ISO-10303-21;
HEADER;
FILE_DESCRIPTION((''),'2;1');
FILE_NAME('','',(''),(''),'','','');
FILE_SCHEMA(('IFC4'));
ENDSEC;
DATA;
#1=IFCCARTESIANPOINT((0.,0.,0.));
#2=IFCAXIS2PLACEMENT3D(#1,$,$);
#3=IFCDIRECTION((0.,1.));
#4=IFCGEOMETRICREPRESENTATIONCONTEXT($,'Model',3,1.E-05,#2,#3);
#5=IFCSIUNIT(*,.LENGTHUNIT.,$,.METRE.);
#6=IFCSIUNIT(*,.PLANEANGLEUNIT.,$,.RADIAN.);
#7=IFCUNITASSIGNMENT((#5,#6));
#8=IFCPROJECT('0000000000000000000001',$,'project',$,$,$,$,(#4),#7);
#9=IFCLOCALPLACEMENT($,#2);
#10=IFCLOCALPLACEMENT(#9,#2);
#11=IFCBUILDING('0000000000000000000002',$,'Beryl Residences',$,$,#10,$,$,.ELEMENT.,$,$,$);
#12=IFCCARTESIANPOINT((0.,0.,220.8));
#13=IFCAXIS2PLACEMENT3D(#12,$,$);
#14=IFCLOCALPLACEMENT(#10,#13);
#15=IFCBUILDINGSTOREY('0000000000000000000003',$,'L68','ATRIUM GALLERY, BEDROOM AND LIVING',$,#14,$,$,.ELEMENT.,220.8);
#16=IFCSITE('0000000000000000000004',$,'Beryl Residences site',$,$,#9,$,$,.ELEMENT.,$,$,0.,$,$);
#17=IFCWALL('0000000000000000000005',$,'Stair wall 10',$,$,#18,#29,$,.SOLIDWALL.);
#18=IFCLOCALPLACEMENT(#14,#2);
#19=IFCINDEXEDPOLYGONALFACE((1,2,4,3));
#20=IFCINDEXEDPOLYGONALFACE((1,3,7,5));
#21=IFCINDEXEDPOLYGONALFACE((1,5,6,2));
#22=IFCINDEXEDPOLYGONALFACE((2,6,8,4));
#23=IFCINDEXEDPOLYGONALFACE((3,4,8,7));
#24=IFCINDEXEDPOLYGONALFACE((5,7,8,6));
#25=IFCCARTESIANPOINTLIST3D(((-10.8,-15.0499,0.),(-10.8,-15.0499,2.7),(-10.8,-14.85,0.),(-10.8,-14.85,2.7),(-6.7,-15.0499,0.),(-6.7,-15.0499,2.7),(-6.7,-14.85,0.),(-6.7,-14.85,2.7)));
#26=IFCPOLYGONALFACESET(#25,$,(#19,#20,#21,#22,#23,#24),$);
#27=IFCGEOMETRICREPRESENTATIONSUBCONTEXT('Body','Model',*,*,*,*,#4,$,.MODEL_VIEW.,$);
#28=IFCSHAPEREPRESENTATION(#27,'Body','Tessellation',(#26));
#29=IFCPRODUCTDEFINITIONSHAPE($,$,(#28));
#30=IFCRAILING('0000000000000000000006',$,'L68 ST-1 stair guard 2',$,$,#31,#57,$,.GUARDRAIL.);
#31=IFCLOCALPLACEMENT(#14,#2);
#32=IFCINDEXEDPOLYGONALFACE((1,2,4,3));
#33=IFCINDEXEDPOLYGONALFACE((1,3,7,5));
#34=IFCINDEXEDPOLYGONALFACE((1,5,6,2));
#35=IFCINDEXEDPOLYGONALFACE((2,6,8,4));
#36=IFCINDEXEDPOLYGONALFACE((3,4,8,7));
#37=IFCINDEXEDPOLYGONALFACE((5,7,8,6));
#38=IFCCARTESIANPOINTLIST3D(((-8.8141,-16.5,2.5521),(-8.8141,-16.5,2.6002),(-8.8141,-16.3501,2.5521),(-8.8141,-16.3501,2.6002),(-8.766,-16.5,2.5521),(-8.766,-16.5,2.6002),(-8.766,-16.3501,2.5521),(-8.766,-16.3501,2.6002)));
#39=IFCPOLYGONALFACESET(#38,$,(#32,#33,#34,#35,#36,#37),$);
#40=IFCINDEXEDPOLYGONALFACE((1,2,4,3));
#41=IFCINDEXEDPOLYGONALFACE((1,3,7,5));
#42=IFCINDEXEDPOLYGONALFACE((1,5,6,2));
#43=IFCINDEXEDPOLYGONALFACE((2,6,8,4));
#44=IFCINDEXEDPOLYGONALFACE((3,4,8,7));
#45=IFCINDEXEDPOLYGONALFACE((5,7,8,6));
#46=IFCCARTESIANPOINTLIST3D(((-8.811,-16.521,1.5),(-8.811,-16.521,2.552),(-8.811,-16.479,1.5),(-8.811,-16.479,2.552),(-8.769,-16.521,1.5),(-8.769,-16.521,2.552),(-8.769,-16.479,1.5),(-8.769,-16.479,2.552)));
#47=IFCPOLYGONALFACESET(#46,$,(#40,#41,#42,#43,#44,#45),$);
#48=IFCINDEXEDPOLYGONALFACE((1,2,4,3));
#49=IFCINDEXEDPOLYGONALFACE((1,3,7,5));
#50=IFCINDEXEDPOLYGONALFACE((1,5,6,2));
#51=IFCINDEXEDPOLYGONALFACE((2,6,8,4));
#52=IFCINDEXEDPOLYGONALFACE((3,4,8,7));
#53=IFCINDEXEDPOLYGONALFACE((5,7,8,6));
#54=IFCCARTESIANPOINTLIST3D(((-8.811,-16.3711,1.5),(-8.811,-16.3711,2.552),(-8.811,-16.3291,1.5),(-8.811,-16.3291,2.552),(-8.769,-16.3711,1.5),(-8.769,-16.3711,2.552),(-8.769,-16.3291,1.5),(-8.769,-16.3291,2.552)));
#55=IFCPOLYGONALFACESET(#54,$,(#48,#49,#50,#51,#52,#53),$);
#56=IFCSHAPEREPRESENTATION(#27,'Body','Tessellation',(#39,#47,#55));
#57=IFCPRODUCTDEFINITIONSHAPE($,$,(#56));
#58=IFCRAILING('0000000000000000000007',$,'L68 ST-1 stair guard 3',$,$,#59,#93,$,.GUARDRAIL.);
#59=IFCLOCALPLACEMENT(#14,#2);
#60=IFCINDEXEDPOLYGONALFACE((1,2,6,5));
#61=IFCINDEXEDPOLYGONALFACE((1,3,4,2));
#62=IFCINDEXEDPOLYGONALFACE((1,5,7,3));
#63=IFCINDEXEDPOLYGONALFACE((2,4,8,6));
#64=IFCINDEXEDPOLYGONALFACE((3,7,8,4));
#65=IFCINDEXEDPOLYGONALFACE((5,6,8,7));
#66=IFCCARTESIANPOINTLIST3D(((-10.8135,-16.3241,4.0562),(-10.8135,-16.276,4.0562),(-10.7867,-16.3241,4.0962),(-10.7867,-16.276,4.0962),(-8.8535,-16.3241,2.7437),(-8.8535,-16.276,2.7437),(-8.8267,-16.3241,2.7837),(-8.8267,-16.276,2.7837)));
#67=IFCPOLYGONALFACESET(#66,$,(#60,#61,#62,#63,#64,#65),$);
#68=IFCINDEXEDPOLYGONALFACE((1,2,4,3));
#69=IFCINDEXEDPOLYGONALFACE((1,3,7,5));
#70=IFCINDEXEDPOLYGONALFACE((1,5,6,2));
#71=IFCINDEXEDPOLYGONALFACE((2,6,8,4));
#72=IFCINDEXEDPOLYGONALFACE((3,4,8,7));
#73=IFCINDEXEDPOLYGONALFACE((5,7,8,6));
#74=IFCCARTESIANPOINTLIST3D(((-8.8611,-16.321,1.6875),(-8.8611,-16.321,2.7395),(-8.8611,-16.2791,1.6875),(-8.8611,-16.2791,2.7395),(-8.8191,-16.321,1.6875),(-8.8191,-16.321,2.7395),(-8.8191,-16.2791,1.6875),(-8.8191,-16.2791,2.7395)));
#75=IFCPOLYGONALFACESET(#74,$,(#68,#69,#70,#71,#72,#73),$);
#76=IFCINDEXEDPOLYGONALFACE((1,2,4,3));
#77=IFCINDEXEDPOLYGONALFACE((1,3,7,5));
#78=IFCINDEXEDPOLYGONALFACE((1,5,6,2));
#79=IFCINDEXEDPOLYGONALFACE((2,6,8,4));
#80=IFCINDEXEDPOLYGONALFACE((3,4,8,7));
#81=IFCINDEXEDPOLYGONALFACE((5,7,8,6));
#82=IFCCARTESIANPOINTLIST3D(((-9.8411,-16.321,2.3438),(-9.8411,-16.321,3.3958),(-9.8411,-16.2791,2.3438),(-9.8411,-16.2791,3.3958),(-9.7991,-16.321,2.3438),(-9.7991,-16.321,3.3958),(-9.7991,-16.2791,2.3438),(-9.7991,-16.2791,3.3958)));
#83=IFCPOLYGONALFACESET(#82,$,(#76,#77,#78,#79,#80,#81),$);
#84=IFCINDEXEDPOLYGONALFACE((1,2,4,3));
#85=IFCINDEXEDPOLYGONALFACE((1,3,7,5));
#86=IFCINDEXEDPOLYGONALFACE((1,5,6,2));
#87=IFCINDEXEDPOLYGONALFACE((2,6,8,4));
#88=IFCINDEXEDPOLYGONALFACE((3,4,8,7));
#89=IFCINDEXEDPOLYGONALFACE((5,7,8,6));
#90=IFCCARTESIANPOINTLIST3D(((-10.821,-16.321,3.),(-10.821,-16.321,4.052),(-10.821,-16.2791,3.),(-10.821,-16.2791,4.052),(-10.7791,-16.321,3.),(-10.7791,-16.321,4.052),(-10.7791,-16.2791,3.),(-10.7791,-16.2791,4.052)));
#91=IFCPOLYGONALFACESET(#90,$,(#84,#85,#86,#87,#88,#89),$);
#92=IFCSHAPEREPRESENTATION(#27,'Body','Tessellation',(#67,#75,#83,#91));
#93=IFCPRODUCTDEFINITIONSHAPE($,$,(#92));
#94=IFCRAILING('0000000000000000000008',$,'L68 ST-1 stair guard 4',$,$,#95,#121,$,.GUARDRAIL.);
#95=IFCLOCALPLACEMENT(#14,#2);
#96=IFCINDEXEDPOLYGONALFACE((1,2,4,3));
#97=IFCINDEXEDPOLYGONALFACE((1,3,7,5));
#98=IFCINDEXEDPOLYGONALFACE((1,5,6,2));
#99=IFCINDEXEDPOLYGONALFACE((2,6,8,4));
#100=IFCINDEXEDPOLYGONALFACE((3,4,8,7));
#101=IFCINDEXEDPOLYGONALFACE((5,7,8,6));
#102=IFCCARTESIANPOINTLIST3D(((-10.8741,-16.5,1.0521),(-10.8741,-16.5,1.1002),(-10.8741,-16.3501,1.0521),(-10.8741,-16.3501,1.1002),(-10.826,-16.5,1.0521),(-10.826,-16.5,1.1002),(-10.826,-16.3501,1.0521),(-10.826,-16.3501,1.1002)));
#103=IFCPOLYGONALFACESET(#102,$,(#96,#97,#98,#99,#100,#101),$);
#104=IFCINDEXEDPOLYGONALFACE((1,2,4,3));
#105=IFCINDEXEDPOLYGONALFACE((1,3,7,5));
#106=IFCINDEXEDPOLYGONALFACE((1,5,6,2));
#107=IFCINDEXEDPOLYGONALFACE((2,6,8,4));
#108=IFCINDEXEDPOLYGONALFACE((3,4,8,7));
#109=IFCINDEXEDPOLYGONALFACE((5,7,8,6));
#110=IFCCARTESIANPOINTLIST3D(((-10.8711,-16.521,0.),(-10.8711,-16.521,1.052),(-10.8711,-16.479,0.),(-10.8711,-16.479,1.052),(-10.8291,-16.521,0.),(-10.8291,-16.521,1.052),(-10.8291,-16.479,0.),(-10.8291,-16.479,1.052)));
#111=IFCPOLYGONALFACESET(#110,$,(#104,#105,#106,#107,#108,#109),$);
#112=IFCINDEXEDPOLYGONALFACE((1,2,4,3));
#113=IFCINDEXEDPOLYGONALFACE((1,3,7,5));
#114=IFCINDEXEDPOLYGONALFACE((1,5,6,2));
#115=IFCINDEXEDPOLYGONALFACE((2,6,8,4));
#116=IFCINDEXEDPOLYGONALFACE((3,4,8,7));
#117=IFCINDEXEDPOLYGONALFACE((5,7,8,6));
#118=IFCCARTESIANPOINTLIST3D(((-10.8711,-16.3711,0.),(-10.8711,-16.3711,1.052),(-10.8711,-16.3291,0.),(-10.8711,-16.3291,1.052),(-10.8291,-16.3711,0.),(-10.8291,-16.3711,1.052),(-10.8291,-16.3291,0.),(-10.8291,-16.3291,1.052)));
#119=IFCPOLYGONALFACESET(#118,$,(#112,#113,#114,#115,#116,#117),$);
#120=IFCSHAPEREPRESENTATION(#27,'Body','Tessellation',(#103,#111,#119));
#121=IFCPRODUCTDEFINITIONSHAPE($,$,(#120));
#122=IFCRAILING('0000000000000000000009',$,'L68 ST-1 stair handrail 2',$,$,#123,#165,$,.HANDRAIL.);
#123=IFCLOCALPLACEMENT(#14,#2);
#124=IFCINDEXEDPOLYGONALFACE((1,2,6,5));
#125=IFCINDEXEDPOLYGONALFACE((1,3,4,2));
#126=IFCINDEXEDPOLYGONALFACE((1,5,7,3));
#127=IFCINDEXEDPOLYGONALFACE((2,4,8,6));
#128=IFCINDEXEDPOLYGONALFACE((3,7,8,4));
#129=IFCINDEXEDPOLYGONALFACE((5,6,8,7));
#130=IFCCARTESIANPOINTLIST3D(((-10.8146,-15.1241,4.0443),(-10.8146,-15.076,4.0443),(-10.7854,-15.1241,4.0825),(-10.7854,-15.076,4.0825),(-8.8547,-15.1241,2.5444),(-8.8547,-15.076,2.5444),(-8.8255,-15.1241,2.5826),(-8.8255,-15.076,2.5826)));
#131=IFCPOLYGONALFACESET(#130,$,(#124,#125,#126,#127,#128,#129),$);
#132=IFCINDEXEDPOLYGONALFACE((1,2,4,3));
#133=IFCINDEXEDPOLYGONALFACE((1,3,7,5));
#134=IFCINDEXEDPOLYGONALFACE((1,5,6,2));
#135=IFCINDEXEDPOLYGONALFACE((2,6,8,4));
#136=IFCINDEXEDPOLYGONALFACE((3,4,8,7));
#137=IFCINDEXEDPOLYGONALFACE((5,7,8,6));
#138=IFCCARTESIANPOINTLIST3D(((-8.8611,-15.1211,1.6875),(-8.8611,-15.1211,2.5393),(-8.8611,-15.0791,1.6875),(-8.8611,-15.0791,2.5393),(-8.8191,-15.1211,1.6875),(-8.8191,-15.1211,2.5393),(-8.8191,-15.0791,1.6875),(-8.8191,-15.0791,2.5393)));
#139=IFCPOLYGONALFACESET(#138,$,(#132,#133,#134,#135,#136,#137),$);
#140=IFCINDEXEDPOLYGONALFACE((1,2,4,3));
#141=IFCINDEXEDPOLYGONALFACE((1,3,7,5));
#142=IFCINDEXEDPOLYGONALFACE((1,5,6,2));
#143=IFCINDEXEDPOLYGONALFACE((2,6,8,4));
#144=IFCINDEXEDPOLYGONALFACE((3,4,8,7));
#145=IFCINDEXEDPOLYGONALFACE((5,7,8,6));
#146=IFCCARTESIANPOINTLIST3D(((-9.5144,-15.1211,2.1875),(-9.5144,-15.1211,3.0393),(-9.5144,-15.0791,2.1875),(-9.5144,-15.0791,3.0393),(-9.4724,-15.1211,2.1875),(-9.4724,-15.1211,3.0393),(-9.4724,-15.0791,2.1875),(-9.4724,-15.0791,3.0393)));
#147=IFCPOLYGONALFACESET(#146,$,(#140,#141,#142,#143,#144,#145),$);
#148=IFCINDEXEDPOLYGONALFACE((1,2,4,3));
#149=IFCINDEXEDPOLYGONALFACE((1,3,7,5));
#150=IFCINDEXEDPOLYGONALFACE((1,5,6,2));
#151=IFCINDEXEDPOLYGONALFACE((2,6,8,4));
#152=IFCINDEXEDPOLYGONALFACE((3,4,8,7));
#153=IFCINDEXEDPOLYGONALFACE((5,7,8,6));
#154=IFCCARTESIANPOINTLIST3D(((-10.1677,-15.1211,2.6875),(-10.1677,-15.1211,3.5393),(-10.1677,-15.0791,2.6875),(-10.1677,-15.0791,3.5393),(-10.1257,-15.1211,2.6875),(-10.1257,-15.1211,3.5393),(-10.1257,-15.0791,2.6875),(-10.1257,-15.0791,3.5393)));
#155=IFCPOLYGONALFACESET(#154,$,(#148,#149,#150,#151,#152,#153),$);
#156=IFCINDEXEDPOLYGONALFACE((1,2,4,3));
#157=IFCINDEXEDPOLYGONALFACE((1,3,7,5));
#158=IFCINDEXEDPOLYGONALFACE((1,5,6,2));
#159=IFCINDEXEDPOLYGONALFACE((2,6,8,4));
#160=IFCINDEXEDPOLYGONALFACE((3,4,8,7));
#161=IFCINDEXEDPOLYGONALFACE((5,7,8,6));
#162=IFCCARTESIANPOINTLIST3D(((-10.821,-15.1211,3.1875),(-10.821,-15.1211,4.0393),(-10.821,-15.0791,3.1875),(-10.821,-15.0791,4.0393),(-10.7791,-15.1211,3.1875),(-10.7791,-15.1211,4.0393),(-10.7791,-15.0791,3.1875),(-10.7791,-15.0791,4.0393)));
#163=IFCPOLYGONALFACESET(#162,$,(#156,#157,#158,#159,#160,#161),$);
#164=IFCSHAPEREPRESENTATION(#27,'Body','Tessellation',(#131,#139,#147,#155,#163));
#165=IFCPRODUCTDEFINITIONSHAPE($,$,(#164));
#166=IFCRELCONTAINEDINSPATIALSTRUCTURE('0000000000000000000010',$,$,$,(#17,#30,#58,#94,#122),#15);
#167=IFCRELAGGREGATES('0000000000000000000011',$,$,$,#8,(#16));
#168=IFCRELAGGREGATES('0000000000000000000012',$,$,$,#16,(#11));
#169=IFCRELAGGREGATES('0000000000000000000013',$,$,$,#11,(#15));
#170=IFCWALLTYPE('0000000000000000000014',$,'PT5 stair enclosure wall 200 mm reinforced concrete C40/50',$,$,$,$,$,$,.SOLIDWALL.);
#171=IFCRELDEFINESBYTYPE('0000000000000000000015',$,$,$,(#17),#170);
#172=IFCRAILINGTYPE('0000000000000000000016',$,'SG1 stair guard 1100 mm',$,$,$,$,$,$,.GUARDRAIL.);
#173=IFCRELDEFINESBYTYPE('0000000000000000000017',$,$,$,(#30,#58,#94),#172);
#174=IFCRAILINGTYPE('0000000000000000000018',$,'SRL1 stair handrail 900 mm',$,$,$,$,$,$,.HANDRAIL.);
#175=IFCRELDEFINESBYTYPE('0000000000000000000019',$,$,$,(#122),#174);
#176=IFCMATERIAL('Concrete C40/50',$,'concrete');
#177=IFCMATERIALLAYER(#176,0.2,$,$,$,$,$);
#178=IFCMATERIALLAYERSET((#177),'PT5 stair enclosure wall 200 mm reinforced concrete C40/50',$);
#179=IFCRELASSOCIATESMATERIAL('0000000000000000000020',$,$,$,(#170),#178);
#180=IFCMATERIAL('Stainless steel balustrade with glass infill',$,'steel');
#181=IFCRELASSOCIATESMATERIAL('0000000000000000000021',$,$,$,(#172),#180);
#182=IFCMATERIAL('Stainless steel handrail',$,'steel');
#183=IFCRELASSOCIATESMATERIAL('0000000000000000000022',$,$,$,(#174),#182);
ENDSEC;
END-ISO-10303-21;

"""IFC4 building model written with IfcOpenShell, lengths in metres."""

from ifc_helpers import new_model, si_unit, direction, frame, frame_2d, origin, origin_2d, place, context, subcontext, project, spatial, rectangle, extrude, material, layer, layer_set, type_object, element, save


model = new_model("IFC4")

# Units and contexts
model_context = context("Model", 3, precision=1e-05, world=origin(), true_north=direction((0.0, 1.0)))
body_context = subcontext(model_context, "Body", "Model", "MODEL_VIEW")
ifc_project = project(units=[si_unit("LENGTHUNIT", "METRE"), si_unit("PLANEANGLEUNIT", "RADIAN")], contexts=[model_context])

# Site, building, storey
site_placement = place(None, origin())
site = spatial("IfcSite", under=ifc_project, at=site_placement, Name="Beryl Residences site", CompositionType="ELEMENT", RefElevation=0.0)
building_placement = place(site_placement, origin())
building = spatial("IfcBuilding", under=site, at=building_placement, Name="Beryl Residences", CompositionType="ELEMENT")
storey_placement = place(building_placement, frame((0.0, 0.0, 220.8)))
storey = spatial("IfcBuildingStorey", under=building, at=storey_placement, Name="L68", Description="ATRIUM GALLERY, BEDROOM AND LIVING", CompositionType="ELEMENT", Elevation=220.8)

# Wall
ifc_material_1 = material(Name="Concrete C40/50", Category="concrete")
ifc_layer = layer(ifc_material_1, 0.2)
ifc_layer_set = layer_set([ifc_layer], Name="PT5 stair enclosure wall 200 mm reinforced concrete C40/50")
wall_type = type_object("IfcWallType", Name="PT5 stair enclosure wall 200 mm reinforced concrete C40/50", PredefinedType="SOLIDWALL", material=ifc_layer_set)
wall_placement = place(storey_placement, frame((-10.8, -14.95, 0.0), z_axis=(0.0, 0.0, 1.0), x_axis=(1.0, 0.0, 0.0)))
element("IfcWall", 1, at=wall_placement, inside=storey, type_object=wall_type, Name="Stair wall 10", PredefinedType="SOLIDWALL", context=body_context, shape_type="SweptSolid", body=[
    extrude(rectangle(XDim=4.1001, YDim=0.2, at=frame_2d((2.05, 0.0))), origin(), (0.0, 0.0, 1.0), 2.7),
])

# Railings
ifc_material_2 = material(Name="Stainless steel balustrade with glass infill", Category="steel")
railing_type_1 = type_object("IfcRailingType", Name="SG1 stair guard 1100 mm", PredefinedType="GUARDRAIL", material=ifc_material_2)
railing_1_placement = place(storey_placement, frame((-8.79, -16.5, 1.5)))
element("IfcRailing", 2, at=railing_1_placement, inside=storey, type_object=railing_type_1, Name="L68 ST-1 stair guard 2", PredefinedType="GUARDRAIL", context=body_context, shape_type="SweptSolid", body=[
    extrude(rectangle(XDim=0.0481, YDim=0.0481, at=origin_2d()), frame((0.0, 0.0, 1.0762), z_axis=(0.0, 1.0, 0.0), x_axis=(-1.0, 0.0, 0.0)), (0.0, 0.0, 1.0), 0.1499),
    extrude(rectangle(XDim=0.042, YDim=0.042, at=origin_2d()), origin(), (0.0, 0.0, 1.0), 1.052),
    extrude(rectangle(XDim=0.042, YDim=0.042, at=origin_2d()), frame((0.0, 0.1499, 0.0)), (0.0, 0.0, 1.0), 1.052),
])
railing_2_placement = place(storey_placement, frame((-8.8401, -16.3, 1.6875)))
element("IfcRailing", 3, at=railing_2_placement, inside=storey, type_object=railing_type_1, Name="L68 ST-1 stair guard 3", PredefinedType="GUARDRAIL", context=body_context, shape_type="SweptSolid", body=[
    extrude(rectangle(XDim=0.0481, YDim=0.0481, at=origin_2d()), frame((0.0, 0.0, 1.0762), z_axis=(-0.830902, 0.0, 0.556419), x_axis=(0.0, -1.0, 0.0)), (0.0, 0.0, 1.0), 2.3589),
    extrude(rectangle(XDim=0.042, YDim=0.042, at=origin_2d()), origin(), (0.0, 0.0, 1.0), 1.052),
    extrude(rectangle(XDim=0.042, YDim=0.042, at=origin_2d()), frame((-0.98, 0.0, 0.6562)), (0.0, 0.0, 1.0), 1.052),
    extrude(rectangle(XDim=0.042, YDim=0.042, at=origin_2d()), frame((-1.96, 0.0, 1.3125)), (0.0, 0.0, 1.0), 1.052),
])
railing_3_placement = place(storey_placement, frame((-10.8501, -16.5, 0.0)))
element("IfcRailing", 4, at=railing_3_placement, inside=storey, type_object=railing_type_1, Name="L68 ST-1 stair guard 4", PredefinedType="GUARDRAIL", context=body_context, shape_type="SweptSolid", body=[
    extrude(rectangle(XDim=0.0481, YDim=0.0481, at=origin_2d()), frame((0.0, 0.0, 1.0762), z_axis=(0.0, 1.0, 0.0), x_axis=(-1.0, 0.0, 0.0)), (0.0, 0.0, 1.0), 0.1499),
    extrude(rectangle(XDim=0.042, YDim=0.042, at=origin_2d()), origin(), (0.0, 0.0, 1.0), 1.052),
    extrude(rectangle(XDim=0.042, YDim=0.042, at=origin_2d()), frame((0.0, 0.1499, 0.0)), (0.0, 0.0, 1.0), 1.052),
])
ifc_material_3 = material(Name="Stainless steel handrail", Category="steel")
railing_type_2 = type_object("IfcRailingType", Name="SRL1 stair handrail 900 mm", PredefinedType="HANDRAIL", material=ifc_material_3)
railing_4_placement = place(storey_placement, frame((-8.8401, -15.1001, 1.6875)))
element("IfcRailing", 5, at=railing_4_placement, inside=storey, type_object=railing_type_2, Name="L68 ST-1 stair handrail 2", PredefinedType="HANDRAIL", context=body_context, shape_type="SweptSolid", body=[
    extrude(rectangle(XDim=0.0481, YDim=0.0481, at=origin_2d()), frame((0.0, 0.0, 0.876), z_axis=(-0.794122, 0.0, 0.607758), x_axis=(0.0, -1.0, 0.0)), (0.0, 0.0, 1.0), 2.468),
    extrude(rectangle(XDim=0.042, YDim=0.042, at=origin_2d()), origin(), (0.0, 0.0, 1.0), 0.8518),
    extrude(rectangle(XDim=0.042, YDim=0.042, at=origin_2d()), frame((-0.6533, 0.0, 0.5)), (0.0, 0.0, 1.0), 0.8518),
    extrude(rectangle(XDim=0.042, YDim=0.042, at=origin_2d()), frame((-1.3066, 0.0, 1.0)), (0.0, 0.0, 1.0), 0.8518),
    extrude(rectangle(XDim=0.042, YDim=0.042, at=origin_2d()), frame((-1.96, 0.0, 1.5)), (0.0, 0.0, 1.0), 0.8518),
])

save(model, "model.ifc")
